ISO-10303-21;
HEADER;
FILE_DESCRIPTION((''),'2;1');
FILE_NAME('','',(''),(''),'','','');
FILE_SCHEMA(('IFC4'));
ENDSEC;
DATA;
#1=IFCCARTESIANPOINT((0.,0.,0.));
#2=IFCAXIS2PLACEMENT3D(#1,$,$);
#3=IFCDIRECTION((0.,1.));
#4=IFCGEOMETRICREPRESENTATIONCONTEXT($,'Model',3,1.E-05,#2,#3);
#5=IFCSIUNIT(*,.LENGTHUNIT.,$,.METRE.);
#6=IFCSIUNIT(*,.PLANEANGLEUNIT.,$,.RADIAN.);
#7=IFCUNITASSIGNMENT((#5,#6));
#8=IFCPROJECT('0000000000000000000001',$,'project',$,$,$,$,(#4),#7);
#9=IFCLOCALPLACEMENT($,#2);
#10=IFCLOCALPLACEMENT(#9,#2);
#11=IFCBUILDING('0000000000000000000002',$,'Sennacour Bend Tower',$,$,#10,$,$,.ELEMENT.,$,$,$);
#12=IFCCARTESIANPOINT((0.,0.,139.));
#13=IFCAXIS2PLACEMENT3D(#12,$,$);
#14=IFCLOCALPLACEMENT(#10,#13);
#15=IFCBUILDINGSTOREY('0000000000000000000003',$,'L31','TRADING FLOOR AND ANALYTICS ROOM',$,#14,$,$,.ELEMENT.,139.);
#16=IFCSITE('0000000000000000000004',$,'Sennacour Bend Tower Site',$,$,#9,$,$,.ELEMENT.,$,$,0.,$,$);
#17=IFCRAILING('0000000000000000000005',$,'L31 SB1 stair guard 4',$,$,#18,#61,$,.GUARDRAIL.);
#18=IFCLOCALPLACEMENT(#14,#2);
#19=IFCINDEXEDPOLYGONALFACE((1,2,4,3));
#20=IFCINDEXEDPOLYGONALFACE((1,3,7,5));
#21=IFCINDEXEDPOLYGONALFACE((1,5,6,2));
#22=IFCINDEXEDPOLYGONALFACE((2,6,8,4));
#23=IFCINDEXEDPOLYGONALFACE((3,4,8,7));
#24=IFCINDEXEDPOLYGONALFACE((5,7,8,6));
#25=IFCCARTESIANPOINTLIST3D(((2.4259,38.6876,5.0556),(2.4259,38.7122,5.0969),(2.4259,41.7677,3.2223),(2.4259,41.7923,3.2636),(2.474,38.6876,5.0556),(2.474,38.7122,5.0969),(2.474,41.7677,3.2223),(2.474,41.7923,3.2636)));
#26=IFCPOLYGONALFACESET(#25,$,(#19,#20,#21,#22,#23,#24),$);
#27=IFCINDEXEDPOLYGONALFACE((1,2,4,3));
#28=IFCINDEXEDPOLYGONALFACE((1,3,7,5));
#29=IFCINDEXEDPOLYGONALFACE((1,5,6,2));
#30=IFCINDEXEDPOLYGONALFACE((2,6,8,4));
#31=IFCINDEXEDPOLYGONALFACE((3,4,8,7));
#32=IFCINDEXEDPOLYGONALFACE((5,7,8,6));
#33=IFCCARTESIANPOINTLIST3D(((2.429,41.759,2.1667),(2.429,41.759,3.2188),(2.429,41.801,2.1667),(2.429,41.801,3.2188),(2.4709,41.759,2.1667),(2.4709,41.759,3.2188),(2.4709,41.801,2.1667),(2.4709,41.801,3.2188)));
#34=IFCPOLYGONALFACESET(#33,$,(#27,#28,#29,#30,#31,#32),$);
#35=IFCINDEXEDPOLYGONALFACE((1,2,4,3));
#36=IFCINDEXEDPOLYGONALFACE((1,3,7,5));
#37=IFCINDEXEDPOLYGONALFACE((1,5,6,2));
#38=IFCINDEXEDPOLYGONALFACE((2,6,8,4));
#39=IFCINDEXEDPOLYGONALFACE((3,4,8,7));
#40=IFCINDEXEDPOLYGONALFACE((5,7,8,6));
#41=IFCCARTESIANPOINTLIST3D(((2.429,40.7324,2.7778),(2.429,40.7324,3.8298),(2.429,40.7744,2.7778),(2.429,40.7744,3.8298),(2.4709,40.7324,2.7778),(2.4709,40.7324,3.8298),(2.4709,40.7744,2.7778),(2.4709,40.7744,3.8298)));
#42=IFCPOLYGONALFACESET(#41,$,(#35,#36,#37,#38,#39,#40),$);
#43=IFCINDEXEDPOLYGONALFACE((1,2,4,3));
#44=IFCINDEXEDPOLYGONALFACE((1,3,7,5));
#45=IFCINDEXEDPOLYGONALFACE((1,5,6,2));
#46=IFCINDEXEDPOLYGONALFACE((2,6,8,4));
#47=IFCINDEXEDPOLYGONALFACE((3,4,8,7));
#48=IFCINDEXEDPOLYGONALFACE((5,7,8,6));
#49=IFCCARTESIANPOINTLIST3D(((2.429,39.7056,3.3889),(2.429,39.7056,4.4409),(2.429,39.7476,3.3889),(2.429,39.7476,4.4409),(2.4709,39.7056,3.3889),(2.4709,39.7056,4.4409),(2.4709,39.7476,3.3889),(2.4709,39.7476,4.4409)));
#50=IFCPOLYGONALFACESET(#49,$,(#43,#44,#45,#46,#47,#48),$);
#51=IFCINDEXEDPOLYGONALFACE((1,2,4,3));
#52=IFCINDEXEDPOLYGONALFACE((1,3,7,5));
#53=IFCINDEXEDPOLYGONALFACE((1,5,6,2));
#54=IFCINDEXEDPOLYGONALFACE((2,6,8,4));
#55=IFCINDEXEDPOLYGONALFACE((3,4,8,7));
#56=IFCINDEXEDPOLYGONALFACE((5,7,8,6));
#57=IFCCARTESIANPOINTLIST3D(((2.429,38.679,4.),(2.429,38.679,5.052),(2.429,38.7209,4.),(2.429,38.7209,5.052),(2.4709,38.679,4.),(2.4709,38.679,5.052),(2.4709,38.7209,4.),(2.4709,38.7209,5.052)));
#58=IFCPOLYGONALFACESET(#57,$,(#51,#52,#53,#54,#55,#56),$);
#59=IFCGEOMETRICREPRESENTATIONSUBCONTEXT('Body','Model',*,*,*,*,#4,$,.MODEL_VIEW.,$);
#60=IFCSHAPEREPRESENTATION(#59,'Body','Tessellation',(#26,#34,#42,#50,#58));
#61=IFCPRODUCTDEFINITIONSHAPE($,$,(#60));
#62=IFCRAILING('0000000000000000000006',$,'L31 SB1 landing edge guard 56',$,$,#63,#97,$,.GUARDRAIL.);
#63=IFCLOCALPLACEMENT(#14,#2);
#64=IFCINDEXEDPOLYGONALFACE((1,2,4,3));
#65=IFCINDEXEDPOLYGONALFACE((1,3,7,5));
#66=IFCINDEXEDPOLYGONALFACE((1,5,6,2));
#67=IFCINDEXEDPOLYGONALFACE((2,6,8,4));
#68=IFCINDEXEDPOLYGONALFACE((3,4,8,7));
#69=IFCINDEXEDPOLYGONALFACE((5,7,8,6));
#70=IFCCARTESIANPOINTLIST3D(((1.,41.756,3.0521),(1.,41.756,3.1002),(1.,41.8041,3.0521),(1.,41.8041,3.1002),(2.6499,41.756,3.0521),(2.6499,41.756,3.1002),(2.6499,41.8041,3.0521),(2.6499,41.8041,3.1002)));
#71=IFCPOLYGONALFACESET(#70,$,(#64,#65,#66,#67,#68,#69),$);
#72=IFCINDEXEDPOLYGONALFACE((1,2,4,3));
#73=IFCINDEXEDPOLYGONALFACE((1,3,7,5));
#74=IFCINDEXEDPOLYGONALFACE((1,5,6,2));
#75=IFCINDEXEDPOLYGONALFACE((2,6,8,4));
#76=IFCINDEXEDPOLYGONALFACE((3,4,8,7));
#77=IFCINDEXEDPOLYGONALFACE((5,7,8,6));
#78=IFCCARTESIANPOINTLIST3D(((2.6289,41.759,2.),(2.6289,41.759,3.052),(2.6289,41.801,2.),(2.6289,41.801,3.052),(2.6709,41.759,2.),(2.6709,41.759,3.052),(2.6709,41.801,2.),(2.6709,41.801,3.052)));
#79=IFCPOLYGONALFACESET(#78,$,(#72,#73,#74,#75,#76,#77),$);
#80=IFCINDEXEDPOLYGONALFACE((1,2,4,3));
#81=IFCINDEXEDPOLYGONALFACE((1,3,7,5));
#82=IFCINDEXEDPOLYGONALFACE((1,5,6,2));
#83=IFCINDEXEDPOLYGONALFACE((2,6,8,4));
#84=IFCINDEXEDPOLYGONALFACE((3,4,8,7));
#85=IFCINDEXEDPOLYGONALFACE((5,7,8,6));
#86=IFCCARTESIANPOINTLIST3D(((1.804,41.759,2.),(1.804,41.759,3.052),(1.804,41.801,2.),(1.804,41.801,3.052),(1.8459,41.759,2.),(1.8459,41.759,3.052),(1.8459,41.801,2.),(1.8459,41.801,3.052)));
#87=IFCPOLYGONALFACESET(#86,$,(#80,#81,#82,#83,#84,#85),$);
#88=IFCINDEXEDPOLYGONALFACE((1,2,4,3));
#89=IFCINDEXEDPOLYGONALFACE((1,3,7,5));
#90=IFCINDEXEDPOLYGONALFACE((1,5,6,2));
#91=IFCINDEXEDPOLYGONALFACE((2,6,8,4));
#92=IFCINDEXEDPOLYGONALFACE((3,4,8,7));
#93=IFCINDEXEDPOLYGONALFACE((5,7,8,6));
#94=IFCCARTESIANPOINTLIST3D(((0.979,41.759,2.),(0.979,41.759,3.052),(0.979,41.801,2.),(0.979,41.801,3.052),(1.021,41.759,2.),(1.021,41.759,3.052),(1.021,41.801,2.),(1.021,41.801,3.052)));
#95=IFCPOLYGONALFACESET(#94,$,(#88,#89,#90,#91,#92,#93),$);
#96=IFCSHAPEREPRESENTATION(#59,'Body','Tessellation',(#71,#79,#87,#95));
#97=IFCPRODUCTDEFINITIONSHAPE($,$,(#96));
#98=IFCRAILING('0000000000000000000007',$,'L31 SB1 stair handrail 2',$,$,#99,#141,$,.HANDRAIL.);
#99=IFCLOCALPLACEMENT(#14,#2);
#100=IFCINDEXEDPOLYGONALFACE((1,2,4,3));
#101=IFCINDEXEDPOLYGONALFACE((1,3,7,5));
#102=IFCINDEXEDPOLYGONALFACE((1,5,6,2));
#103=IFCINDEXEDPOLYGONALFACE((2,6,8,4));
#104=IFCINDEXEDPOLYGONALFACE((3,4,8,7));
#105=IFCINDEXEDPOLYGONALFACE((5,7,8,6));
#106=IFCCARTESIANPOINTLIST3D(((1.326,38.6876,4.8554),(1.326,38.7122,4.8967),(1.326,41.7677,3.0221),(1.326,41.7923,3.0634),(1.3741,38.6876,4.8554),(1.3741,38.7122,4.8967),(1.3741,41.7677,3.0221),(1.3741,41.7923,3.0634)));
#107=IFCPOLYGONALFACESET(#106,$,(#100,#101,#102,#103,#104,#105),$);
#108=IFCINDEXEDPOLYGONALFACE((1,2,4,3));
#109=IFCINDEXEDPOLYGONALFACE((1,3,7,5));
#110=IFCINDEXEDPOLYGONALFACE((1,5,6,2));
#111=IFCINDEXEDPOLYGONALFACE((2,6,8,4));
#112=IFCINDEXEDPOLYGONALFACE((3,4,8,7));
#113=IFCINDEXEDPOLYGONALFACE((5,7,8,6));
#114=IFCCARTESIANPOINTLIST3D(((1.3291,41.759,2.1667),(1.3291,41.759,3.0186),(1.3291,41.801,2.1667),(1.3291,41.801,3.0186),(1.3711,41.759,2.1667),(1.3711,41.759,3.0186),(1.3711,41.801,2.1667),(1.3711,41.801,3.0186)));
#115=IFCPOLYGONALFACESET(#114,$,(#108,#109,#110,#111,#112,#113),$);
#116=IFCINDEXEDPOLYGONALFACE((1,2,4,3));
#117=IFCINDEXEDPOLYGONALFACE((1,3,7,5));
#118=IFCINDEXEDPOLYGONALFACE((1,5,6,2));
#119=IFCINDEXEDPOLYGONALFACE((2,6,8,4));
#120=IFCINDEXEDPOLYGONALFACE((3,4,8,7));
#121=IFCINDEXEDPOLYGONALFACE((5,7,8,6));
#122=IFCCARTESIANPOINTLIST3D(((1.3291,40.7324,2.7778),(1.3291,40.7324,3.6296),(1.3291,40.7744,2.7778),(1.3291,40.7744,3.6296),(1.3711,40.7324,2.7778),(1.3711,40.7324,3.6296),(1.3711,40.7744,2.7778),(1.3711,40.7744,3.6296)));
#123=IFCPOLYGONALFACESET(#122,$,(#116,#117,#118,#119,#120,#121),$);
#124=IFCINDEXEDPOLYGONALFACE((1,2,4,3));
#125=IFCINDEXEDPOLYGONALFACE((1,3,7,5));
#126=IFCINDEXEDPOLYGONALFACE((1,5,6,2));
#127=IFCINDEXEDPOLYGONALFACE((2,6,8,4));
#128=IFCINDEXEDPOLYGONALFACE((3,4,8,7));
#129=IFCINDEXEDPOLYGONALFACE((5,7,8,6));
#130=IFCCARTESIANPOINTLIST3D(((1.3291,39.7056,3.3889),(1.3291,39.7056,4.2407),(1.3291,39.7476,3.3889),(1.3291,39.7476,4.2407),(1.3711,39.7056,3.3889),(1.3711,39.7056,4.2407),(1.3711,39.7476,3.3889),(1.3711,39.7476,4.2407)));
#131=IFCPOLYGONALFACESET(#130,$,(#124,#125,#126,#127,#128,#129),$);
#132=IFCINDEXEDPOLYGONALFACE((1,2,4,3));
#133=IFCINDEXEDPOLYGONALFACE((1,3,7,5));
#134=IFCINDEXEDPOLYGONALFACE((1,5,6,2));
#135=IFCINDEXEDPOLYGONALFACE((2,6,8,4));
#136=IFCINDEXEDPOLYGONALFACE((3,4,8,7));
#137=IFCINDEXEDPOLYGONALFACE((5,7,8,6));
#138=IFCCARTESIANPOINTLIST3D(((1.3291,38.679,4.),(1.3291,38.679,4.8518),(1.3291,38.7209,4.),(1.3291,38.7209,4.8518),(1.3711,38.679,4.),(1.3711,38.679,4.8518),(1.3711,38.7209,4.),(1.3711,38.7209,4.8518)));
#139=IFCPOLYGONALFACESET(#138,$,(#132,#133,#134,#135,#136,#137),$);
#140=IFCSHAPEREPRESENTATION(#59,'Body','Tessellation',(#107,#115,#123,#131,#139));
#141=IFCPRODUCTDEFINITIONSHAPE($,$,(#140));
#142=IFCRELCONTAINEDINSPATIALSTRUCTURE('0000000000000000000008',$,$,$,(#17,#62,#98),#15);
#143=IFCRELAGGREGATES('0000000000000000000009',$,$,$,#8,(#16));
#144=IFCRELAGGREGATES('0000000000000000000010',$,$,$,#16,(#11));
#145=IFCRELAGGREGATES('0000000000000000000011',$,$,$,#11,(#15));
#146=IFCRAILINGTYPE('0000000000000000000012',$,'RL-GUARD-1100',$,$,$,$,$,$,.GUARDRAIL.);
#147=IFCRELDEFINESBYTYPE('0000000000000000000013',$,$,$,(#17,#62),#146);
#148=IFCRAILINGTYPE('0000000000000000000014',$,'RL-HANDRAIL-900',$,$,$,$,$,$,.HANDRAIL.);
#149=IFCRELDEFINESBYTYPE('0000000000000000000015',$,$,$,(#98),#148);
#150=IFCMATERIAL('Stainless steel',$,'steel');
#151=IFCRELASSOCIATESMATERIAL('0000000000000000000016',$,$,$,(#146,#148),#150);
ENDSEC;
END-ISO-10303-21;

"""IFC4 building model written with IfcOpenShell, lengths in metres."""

from ifc_helpers import new_model, si_unit, direction, frame, origin, origin_2d, place, context, subcontext, project, spatial, rectangle, extrude, material, type_object, element, save


model = new_model("IFC4")

# Units and contexts
model_context = context("Model", 3, precision=1e-05, world=origin(), true_north=direction((0.0, 1.0)))
body_context = subcontext(model_context, "Body", "Model", "MODEL_VIEW")
ifc_project = project(units=[si_unit("LENGTHUNIT", "METRE"), si_unit("PLANEANGLEUNIT", "RADIAN")], contexts=[model_context])

# Site, building, storey
site_placement = place(None, origin())
site = spatial("IfcSite", under=ifc_project, at=site_placement, Name="Sennacour Bend Tower Site", CompositionType="ELEMENT", RefElevation=0.0)
building_placement = place(site_placement, origin())
building = spatial("IfcBuilding", under=site, at=building_placement, Name="Sennacour Bend Tower", CompositionType="ELEMENT")
storey_placement = place(building_placement, frame((0.0, 0.0, 139.0)))
storey = spatial("IfcBuildingStorey", under=building, at=storey_placement, Name="L31", Description="TRADING FLOOR AND ANALYTICS ROOM", CompositionType="ELEMENT", Elevation=139.0)

# Railings
ifc_material_1 = material(Name="Stainless steel", Category="steel")
railing_type_1 = type_object("IfcRailingType", Name="RL-GUARD-1100", PredefinedType="GUARDRAIL", material=ifc_material_1)
railing_1_placement = place(storey_placement, frame((2.45, 41.78, 2.1667)))
element("IfcRailing", 1, at=railing_1_placement, inside=storey, type_object=railing_type_1, Name="L31 SB1 stair guard 4", PredefinedType="GUARDRAIL", context=body_context, shape_type="SweptSolid", body=[
    extrude(rectangle(XDim=0.0481, YDim=0.0481, at=origin_2d()), frame((0.0, 0.0, 1.0762), z_axis=(0.0, -0.859309, 0.511458), x_axis=(1.0, 0.0, 0.0)), (0.0, 0.0, 1.0), 3.5845),
    extrude(rectangle(XDim=0.042, YDim=0.042, at=origin_2d()), origin(), (0.0, 0.0, 1.0), 1.052),
    extrude(rectangle(XDim=0.042, YDim=0.042, at=origin_2d()), frame((0.0, -1.0266, 0.6111)), (0.0, 0.0, 1.0), 1.052),
    extrude(rectangle(XDim=0.042, YDim=0.042, at=origin_2d()), frame((0.0, -2.0535, 1.2222)), (0.0, 0.0, 1.0), 1.052),
    extrude(rectangle(XDim=0.042, YDim=0.042, at=origin_2d()), frame((0.0, -3.0801, 1.8333)), (0.0, 0.0, 1.0), 1.052),
])
railing_2_placement = place(storey_placement, frame((2.6499, 41.78, 2.0)))
element("IfcRailing", 2, at=railing_2_placement, inside=storey, type_object=railing_type_1, Name="L31 SB1 landing edge guard 56", PredefinedType="GUARDRAIL", context=body_context, shape_type="SweptSolid", body=[
    extrude(rectangle(XDim=0.0481, YDim=0.0481, at=origin_2d()), frame((0.0, 0.0, 1.0762), z_axis=(-1.0, 0.0, 0.0), x_axis=(0.0, -1.0, 0.0)), (0.0, 0.0, 1.0), 1.6499),
    extrude(rectangle(XDim=0.042, YDim=0.042, at=origin_2d()), origin(), (0.0, 0.0, 1.0), 1.052),
    extrude(rectangle(XDim=0.042, YDim=0.042, at=origin_2d()), frame((-0.825, 0.0, 0.0)), (0.0, 0.0, 1.0), 1.052),
    extrude(rectangle(XDim=0.042, YDim=0.042, at=origin_2d()), frame((-1.6499, 0.0, 0.0)), (0.0, 0.0, 1.0), 1.052),
])
railing_type_2 = type_object("IfcRailingType", Name="RL-HANDRAIL-900", PredefinedType="HANDRAIL", material=ifc_material_1)
railing_3_placement = place(storey_placement, frame((1.3501, 41.78, 2.1667)))
element("IfcRailing", 3, at=railing_3_placement, inside=storey, type_object=railing_type_2, Name="L31 SB1 stair handrail 2", PredefinedType="HANDRAIL", context=body_context, shape_type="SweptSolid", body=[
    extrude(rectangle(XDim=0.0481, YDim=0.0481, at=origin_2d()), frame((0.0, 0.0, 0.876), z_axis=(0.0, -0.859309, 0.511458), x_axis=(1.0, 0.0, 0.0)), (0.0, 0.0, 1.0), 3.5845),
    extrude(rectangle(XDim=0.042, YDim=0.042, at=origin_2d()), origin(), (0.0, 0.0, 1.0), 0.8518),
    extrude(rectangle(XDim=0.042, YDim=0.042, at=origin_2d()), frame((0.0, -1.0266, 0.6111)), (0.0, 0.0, 1.0), 0.8518),
    extrude(rectangle(XDim=0.042, YDim=0.042, at=origin_2d()), frame((0.0, -2.0535, 1.2222)), (0.0, 0.0, 1.0), 0.8518),
    extrude(rectangle(XDim=0.042, YDim=0.042, at=origin_2d()), frame((0.0, -3.0801, 1.8333)), (0.0, 0.0, 1.0), 0.8518),
])

save(model, "model.ifc")
